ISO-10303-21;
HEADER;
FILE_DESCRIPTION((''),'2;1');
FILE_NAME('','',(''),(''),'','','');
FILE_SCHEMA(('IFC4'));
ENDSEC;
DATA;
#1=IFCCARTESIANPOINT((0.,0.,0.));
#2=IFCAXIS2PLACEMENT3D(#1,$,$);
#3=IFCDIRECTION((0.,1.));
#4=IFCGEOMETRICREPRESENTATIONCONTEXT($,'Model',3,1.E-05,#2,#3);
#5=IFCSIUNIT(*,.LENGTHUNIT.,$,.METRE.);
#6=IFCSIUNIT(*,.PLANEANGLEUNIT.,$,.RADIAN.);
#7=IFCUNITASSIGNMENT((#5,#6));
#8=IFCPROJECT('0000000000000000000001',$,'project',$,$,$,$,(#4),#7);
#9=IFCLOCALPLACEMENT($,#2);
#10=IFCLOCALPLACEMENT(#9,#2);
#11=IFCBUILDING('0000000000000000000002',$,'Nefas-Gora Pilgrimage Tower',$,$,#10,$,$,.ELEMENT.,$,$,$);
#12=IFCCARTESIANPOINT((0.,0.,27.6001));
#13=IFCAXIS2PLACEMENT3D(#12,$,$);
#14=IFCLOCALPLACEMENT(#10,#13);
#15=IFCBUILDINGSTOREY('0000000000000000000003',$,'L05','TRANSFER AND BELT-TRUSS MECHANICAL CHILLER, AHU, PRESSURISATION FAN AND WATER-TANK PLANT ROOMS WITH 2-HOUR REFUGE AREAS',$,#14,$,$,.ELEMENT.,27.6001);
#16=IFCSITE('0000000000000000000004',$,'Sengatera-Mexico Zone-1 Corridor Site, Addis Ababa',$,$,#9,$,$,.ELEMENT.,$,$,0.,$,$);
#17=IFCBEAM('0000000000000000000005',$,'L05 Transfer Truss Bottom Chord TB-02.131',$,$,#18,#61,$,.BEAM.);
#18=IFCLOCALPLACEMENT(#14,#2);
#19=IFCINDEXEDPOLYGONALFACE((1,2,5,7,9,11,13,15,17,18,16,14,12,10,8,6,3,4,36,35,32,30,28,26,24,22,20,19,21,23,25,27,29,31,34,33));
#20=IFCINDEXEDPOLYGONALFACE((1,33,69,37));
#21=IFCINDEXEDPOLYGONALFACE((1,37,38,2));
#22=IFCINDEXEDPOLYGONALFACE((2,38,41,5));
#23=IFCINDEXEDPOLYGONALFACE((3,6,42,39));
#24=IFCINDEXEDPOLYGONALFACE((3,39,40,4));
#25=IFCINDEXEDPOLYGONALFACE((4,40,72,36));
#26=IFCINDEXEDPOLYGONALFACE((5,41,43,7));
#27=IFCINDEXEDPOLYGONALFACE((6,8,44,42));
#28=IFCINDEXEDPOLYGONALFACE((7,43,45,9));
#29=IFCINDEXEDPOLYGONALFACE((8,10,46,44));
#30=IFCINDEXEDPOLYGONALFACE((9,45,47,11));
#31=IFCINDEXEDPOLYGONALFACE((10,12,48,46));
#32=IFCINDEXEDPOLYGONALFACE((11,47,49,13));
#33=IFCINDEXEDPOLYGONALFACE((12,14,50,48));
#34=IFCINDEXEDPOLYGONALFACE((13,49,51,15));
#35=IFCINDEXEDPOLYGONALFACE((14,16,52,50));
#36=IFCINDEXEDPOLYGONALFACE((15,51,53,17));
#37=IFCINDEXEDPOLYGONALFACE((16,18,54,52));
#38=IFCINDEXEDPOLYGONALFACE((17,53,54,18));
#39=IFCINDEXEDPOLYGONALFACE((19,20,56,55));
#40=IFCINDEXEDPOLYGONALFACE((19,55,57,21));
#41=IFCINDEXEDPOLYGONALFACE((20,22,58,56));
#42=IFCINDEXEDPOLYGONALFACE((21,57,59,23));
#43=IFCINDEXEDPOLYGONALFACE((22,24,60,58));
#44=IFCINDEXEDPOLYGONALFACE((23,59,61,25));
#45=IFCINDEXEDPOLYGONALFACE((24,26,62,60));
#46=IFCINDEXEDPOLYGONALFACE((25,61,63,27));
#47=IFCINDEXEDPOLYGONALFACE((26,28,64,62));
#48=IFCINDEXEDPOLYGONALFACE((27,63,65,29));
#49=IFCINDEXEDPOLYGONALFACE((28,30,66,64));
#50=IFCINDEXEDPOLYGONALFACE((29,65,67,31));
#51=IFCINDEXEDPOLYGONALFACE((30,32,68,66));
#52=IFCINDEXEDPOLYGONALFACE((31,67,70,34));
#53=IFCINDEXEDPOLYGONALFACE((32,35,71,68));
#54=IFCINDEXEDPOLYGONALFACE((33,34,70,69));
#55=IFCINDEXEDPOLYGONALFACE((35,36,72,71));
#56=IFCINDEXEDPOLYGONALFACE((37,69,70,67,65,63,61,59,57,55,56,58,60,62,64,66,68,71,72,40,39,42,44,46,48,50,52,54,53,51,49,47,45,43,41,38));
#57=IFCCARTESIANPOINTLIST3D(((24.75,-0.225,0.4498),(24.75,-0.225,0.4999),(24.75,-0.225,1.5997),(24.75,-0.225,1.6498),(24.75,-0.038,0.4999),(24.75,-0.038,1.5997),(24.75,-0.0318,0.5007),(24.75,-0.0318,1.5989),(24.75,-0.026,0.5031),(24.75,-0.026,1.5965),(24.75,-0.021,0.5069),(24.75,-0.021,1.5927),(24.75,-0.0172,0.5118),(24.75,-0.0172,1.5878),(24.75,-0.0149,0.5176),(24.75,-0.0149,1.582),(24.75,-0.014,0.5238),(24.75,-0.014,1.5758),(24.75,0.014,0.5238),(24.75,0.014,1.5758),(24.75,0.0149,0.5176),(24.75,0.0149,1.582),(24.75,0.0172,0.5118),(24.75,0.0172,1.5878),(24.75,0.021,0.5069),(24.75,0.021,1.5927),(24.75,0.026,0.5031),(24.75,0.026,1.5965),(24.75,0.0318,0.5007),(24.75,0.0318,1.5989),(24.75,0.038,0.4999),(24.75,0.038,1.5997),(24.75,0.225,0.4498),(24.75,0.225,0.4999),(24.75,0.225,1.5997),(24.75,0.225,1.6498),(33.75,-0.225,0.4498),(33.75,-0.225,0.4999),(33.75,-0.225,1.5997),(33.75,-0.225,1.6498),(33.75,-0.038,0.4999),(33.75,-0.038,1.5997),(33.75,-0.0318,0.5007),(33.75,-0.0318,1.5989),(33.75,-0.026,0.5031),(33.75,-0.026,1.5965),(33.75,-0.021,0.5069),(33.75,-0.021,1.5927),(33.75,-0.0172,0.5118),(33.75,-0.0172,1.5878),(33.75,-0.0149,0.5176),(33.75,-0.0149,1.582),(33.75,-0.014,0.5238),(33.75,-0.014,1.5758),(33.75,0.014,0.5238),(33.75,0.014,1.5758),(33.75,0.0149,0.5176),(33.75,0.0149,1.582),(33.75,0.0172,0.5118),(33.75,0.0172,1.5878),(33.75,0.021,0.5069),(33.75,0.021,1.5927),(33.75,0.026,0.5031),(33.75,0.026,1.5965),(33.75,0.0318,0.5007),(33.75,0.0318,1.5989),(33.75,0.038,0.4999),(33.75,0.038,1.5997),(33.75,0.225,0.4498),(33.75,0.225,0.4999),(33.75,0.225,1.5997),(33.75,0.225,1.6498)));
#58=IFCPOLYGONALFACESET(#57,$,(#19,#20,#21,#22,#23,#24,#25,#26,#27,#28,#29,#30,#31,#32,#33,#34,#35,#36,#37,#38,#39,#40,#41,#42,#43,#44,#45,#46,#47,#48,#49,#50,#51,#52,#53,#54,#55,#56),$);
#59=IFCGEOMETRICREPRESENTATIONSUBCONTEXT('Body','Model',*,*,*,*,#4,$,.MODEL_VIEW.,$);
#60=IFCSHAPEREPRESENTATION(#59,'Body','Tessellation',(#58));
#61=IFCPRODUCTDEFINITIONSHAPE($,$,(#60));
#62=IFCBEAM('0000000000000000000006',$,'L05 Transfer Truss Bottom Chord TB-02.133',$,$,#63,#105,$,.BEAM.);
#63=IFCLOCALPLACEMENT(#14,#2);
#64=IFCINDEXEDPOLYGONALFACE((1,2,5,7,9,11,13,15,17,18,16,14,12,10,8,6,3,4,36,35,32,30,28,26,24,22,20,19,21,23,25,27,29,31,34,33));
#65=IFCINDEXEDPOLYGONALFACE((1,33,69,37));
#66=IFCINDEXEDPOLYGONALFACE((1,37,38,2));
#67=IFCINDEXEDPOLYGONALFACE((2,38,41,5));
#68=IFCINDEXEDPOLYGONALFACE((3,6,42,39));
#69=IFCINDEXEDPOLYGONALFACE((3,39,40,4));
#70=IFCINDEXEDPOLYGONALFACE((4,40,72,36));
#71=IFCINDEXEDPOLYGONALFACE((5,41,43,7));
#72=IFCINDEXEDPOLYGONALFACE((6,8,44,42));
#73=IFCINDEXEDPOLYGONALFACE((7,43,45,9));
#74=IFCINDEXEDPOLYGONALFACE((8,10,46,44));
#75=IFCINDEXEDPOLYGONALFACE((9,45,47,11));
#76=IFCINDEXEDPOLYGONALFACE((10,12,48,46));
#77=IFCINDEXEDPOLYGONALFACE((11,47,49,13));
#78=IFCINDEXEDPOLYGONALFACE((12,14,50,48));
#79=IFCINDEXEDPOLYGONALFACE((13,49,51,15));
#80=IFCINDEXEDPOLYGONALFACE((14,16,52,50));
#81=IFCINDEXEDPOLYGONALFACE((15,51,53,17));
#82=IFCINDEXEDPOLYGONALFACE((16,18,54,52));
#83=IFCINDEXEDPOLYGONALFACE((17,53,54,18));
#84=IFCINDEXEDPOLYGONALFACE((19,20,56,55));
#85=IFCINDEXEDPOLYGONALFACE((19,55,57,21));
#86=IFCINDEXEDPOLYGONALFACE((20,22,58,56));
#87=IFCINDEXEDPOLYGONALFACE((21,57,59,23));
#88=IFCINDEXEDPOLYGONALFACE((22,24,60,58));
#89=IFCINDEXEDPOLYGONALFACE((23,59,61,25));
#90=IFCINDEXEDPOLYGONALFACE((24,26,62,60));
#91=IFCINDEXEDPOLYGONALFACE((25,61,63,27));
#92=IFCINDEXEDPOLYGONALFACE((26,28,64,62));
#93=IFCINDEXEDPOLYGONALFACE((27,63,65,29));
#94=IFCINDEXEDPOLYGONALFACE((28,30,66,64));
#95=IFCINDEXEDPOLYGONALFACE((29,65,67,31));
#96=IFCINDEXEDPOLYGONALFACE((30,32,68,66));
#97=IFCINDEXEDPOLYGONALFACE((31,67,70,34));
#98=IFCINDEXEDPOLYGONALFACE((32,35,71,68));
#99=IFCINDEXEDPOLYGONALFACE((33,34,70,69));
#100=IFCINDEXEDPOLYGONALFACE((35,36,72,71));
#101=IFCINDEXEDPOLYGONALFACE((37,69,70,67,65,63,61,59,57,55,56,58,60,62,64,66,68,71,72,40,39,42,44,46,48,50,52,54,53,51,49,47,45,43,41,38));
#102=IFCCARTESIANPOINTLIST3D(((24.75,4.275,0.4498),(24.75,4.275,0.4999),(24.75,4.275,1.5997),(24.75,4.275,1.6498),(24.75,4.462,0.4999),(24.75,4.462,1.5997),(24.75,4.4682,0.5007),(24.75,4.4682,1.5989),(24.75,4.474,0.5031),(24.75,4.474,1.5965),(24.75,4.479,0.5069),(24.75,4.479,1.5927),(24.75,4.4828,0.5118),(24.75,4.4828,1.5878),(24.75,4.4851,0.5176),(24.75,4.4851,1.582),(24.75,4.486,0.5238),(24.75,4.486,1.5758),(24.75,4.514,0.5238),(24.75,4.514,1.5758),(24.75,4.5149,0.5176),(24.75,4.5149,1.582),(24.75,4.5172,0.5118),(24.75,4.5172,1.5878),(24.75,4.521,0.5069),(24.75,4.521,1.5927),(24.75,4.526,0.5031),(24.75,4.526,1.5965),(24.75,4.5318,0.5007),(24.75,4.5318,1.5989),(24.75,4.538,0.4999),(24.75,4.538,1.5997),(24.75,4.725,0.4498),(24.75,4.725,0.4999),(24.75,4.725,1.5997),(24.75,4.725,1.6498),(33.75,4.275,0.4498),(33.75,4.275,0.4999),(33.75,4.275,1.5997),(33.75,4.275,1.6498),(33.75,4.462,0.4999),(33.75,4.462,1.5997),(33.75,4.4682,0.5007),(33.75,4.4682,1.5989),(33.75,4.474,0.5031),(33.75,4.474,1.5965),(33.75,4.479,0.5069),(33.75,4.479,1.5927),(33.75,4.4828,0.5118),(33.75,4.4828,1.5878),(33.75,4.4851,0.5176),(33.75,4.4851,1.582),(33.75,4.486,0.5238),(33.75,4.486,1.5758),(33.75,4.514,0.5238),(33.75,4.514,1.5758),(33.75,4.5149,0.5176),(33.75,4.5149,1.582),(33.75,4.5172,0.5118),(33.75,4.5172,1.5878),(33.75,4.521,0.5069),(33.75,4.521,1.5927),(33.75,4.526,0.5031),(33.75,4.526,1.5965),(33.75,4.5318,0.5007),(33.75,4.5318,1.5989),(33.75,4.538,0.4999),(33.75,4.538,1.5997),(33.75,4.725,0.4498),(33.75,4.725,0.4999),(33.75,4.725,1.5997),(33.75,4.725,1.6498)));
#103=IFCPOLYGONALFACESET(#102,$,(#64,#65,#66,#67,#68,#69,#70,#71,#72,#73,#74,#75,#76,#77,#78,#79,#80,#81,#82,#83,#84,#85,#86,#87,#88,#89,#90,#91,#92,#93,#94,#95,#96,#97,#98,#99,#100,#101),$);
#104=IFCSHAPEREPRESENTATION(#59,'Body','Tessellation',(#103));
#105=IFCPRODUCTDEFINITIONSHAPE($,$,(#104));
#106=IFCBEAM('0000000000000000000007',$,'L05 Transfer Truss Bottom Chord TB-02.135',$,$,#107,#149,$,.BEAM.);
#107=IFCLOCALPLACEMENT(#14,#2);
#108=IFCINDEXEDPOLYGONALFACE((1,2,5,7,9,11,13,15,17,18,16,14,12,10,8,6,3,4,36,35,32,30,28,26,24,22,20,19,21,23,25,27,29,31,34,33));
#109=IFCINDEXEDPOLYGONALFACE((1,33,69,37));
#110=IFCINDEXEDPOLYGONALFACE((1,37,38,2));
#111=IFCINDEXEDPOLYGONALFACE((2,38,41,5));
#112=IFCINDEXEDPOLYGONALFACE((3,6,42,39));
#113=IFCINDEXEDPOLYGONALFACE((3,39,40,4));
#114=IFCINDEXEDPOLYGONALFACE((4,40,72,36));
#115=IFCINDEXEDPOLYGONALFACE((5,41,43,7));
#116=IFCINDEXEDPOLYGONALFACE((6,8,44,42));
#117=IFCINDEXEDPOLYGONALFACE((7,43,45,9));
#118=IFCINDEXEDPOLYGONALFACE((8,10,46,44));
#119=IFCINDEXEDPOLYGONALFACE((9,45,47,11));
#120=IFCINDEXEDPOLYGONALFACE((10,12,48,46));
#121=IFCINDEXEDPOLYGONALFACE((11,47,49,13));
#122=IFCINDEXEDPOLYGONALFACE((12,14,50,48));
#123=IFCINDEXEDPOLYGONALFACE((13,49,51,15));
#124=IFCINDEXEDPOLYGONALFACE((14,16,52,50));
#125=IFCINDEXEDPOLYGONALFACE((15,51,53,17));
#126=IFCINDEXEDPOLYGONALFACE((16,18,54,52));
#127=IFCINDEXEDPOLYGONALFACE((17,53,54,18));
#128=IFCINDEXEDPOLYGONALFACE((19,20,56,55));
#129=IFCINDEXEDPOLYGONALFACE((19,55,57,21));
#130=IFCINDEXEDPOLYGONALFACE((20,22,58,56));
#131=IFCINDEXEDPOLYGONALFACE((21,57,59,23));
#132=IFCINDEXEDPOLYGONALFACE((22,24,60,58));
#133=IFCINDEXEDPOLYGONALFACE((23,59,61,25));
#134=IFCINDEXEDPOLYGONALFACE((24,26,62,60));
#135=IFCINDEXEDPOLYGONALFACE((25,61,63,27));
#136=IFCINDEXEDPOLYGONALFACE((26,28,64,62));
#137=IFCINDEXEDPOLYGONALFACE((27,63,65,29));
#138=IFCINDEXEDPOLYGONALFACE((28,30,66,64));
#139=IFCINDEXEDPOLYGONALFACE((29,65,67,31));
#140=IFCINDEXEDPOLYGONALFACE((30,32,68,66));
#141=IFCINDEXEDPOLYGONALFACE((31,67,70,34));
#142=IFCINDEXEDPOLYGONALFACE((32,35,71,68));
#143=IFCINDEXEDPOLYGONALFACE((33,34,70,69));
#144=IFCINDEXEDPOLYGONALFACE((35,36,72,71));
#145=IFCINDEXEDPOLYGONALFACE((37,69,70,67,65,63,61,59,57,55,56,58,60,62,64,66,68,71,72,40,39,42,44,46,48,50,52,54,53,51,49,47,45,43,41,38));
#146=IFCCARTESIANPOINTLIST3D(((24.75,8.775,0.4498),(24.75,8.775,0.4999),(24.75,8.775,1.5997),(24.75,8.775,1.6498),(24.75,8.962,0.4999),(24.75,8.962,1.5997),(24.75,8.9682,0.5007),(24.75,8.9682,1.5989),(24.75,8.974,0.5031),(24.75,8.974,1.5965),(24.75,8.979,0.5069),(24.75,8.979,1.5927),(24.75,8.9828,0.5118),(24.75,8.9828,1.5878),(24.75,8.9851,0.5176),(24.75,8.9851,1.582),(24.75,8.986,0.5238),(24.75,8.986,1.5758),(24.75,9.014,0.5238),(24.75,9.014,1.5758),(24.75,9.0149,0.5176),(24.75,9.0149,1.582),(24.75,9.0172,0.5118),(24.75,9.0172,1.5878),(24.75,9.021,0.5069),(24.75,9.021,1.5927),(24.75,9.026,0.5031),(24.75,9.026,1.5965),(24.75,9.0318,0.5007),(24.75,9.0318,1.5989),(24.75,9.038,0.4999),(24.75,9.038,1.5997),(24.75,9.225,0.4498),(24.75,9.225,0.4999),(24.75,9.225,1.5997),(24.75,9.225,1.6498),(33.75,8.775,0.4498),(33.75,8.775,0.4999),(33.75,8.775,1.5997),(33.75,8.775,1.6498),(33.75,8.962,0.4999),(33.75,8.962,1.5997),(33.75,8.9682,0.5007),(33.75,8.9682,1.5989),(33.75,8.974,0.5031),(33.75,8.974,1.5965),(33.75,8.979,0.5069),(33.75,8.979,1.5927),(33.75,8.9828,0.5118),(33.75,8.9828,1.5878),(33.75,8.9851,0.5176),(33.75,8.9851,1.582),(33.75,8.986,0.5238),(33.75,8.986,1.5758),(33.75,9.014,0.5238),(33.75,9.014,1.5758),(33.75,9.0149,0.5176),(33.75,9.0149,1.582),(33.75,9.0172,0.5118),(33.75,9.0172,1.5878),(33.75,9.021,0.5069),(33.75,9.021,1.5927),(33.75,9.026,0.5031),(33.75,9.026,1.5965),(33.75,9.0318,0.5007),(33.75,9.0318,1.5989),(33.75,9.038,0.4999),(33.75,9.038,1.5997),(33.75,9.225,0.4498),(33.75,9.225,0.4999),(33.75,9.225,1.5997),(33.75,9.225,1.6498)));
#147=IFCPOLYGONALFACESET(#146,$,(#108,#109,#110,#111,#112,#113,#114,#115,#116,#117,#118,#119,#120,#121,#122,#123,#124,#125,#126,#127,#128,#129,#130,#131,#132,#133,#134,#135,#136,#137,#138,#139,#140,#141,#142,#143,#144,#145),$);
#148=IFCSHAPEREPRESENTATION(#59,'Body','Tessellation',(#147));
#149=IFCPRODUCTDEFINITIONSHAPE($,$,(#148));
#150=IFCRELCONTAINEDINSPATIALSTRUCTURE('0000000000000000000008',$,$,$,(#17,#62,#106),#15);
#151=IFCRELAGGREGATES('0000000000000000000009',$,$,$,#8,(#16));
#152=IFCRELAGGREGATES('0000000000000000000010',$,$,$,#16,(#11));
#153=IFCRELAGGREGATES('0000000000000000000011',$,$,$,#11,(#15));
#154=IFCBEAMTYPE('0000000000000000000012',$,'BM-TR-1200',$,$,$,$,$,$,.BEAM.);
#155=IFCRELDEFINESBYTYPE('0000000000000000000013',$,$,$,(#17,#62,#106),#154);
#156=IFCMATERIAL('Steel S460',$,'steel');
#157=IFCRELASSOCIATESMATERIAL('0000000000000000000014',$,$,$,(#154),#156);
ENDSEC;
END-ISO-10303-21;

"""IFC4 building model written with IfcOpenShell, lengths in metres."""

from ifc_helpers import new_model, si_unit, direction, frame, origin, origin_2d, place, context, subcontext, project, spatial, i_section, extrude, source, transform, mapped, material, material_profile, profile_set, type_object, element, save


model = new_model("IFC4")

# Units and contexts
model_context = context("Model", 3, precision=1e-05, world=origin(), true_north=direction((0.0, 1.0)))
body_context = subcontext(model_context, "Body", "Model", "MODEL_VIEW")
ifc_project = project(units=[si_unit("LENGTHUNIT", "METRE"), si_unit("PLANEANGLEUNIT", "RADIAN")], contexts=[model_context])

# Site, building, storey
site_placement = place(None, origin())
site = spatial("IfcSite", under=ifc_project, at=site_placement, Name="Sengatera-Mexico Zone-1 Corridor Site, Addis Ababa", CompositionType="ELEMENT", RefElevation=0.0)
building_placement = place(site_placement, origin())
building = spatial("IfcBuilding", under=site, at=building_placement, Name="Nefas-Gora Pilgrimage Tower", CompositionType="ELEMENT")
storey_placement = place(building_placement, frame((0.0, 0.0, 27.6001)))
storey = spatial("IfcBuildingStorey", under=building, at=storey_placement, Name="L05", Description="TRANSFER AND BELT-TRUSS MECHANICAL CHILLER, AHU, PRESSURISATION FAN AND WATER-TANK PLANT ROOMS WITH 2-HOUR REFUGE AREAS", CompositionType="ELEMENT", Elevation=27.6001)

# Shared definitions
ifc_material = material(Name="Steel S460", Category="steel")

# Shared definitions
ifc_material_profile_1 = material_profile(ifc_material, i_section(OverallWidth=0.45, OverallDepth=1.2, WebThickness=0.0281, FlangeThickness=0.05, FilletRadius=0.0239, at=origin_2d()), Name="WPG 1200x450x28x50")
ifc_profile_set_1 = profile_set([ifc_material_profile_1], Name="Steel S460")
beam_type_1 = type_object("IfcBeamType", Name="BM-TR-1200", PredefinedType="BEAM", material=ifc_profile_set_1)

# Beams
shared_shape_1 = source(origin(), body_context, "Body", "SweptSolid", [
    extrude(i_section(OverallWidth=0.45, OverallDepth=1.2, WebThickness=0.0281, FlangeThickness=0.05, FilletRadius=0.0239, at=origin_2d()), origin(), (0.0, 0.0, 1.0), 9.0),
])
for number, where, z_axis, x_axis, name in (
    (1, (24.75, 0.0, 1.0498), (1.0, 0.0, 0.0), (0.0, 1.0, 0.0), "L05 Transfer Truss Bottom Chord TB-02.131"),
    (2, (24.75, 4.5, 1.0498), (1.0, 0.0, 0.0), (0.0, 1.0, 0.0), "L05 Transfer Truss Bottom Chord TB-02.133"),
    (3, (24.75, 9.0, 1.0498), (1.0, 0.0, 0.0), (0.0, 1.0, 0.0), "L05 Transfer Truss Bottom Chord TB-02.135"),
):
    element("IfcBeam", number, at=place(storey_placement, frame(where, z_axis=z_axis, x_axis=x_axis)), inside=storey, type_object=beam_type_1, Name=name, PredefinedType="BEAM", context=body_context, shape_type="MappedRepresentation", body=[
        mapped(shared_shape_1, transform((0.0, 0.0, 0.0), x_axis=(1.0, 0.0, 0.0), y_axis=(0.0, 1.0, 0.0), z_axis=(0.0, 0.0, 1.0), scale=1.0)),
    ])

save(model, "model.ifc")
